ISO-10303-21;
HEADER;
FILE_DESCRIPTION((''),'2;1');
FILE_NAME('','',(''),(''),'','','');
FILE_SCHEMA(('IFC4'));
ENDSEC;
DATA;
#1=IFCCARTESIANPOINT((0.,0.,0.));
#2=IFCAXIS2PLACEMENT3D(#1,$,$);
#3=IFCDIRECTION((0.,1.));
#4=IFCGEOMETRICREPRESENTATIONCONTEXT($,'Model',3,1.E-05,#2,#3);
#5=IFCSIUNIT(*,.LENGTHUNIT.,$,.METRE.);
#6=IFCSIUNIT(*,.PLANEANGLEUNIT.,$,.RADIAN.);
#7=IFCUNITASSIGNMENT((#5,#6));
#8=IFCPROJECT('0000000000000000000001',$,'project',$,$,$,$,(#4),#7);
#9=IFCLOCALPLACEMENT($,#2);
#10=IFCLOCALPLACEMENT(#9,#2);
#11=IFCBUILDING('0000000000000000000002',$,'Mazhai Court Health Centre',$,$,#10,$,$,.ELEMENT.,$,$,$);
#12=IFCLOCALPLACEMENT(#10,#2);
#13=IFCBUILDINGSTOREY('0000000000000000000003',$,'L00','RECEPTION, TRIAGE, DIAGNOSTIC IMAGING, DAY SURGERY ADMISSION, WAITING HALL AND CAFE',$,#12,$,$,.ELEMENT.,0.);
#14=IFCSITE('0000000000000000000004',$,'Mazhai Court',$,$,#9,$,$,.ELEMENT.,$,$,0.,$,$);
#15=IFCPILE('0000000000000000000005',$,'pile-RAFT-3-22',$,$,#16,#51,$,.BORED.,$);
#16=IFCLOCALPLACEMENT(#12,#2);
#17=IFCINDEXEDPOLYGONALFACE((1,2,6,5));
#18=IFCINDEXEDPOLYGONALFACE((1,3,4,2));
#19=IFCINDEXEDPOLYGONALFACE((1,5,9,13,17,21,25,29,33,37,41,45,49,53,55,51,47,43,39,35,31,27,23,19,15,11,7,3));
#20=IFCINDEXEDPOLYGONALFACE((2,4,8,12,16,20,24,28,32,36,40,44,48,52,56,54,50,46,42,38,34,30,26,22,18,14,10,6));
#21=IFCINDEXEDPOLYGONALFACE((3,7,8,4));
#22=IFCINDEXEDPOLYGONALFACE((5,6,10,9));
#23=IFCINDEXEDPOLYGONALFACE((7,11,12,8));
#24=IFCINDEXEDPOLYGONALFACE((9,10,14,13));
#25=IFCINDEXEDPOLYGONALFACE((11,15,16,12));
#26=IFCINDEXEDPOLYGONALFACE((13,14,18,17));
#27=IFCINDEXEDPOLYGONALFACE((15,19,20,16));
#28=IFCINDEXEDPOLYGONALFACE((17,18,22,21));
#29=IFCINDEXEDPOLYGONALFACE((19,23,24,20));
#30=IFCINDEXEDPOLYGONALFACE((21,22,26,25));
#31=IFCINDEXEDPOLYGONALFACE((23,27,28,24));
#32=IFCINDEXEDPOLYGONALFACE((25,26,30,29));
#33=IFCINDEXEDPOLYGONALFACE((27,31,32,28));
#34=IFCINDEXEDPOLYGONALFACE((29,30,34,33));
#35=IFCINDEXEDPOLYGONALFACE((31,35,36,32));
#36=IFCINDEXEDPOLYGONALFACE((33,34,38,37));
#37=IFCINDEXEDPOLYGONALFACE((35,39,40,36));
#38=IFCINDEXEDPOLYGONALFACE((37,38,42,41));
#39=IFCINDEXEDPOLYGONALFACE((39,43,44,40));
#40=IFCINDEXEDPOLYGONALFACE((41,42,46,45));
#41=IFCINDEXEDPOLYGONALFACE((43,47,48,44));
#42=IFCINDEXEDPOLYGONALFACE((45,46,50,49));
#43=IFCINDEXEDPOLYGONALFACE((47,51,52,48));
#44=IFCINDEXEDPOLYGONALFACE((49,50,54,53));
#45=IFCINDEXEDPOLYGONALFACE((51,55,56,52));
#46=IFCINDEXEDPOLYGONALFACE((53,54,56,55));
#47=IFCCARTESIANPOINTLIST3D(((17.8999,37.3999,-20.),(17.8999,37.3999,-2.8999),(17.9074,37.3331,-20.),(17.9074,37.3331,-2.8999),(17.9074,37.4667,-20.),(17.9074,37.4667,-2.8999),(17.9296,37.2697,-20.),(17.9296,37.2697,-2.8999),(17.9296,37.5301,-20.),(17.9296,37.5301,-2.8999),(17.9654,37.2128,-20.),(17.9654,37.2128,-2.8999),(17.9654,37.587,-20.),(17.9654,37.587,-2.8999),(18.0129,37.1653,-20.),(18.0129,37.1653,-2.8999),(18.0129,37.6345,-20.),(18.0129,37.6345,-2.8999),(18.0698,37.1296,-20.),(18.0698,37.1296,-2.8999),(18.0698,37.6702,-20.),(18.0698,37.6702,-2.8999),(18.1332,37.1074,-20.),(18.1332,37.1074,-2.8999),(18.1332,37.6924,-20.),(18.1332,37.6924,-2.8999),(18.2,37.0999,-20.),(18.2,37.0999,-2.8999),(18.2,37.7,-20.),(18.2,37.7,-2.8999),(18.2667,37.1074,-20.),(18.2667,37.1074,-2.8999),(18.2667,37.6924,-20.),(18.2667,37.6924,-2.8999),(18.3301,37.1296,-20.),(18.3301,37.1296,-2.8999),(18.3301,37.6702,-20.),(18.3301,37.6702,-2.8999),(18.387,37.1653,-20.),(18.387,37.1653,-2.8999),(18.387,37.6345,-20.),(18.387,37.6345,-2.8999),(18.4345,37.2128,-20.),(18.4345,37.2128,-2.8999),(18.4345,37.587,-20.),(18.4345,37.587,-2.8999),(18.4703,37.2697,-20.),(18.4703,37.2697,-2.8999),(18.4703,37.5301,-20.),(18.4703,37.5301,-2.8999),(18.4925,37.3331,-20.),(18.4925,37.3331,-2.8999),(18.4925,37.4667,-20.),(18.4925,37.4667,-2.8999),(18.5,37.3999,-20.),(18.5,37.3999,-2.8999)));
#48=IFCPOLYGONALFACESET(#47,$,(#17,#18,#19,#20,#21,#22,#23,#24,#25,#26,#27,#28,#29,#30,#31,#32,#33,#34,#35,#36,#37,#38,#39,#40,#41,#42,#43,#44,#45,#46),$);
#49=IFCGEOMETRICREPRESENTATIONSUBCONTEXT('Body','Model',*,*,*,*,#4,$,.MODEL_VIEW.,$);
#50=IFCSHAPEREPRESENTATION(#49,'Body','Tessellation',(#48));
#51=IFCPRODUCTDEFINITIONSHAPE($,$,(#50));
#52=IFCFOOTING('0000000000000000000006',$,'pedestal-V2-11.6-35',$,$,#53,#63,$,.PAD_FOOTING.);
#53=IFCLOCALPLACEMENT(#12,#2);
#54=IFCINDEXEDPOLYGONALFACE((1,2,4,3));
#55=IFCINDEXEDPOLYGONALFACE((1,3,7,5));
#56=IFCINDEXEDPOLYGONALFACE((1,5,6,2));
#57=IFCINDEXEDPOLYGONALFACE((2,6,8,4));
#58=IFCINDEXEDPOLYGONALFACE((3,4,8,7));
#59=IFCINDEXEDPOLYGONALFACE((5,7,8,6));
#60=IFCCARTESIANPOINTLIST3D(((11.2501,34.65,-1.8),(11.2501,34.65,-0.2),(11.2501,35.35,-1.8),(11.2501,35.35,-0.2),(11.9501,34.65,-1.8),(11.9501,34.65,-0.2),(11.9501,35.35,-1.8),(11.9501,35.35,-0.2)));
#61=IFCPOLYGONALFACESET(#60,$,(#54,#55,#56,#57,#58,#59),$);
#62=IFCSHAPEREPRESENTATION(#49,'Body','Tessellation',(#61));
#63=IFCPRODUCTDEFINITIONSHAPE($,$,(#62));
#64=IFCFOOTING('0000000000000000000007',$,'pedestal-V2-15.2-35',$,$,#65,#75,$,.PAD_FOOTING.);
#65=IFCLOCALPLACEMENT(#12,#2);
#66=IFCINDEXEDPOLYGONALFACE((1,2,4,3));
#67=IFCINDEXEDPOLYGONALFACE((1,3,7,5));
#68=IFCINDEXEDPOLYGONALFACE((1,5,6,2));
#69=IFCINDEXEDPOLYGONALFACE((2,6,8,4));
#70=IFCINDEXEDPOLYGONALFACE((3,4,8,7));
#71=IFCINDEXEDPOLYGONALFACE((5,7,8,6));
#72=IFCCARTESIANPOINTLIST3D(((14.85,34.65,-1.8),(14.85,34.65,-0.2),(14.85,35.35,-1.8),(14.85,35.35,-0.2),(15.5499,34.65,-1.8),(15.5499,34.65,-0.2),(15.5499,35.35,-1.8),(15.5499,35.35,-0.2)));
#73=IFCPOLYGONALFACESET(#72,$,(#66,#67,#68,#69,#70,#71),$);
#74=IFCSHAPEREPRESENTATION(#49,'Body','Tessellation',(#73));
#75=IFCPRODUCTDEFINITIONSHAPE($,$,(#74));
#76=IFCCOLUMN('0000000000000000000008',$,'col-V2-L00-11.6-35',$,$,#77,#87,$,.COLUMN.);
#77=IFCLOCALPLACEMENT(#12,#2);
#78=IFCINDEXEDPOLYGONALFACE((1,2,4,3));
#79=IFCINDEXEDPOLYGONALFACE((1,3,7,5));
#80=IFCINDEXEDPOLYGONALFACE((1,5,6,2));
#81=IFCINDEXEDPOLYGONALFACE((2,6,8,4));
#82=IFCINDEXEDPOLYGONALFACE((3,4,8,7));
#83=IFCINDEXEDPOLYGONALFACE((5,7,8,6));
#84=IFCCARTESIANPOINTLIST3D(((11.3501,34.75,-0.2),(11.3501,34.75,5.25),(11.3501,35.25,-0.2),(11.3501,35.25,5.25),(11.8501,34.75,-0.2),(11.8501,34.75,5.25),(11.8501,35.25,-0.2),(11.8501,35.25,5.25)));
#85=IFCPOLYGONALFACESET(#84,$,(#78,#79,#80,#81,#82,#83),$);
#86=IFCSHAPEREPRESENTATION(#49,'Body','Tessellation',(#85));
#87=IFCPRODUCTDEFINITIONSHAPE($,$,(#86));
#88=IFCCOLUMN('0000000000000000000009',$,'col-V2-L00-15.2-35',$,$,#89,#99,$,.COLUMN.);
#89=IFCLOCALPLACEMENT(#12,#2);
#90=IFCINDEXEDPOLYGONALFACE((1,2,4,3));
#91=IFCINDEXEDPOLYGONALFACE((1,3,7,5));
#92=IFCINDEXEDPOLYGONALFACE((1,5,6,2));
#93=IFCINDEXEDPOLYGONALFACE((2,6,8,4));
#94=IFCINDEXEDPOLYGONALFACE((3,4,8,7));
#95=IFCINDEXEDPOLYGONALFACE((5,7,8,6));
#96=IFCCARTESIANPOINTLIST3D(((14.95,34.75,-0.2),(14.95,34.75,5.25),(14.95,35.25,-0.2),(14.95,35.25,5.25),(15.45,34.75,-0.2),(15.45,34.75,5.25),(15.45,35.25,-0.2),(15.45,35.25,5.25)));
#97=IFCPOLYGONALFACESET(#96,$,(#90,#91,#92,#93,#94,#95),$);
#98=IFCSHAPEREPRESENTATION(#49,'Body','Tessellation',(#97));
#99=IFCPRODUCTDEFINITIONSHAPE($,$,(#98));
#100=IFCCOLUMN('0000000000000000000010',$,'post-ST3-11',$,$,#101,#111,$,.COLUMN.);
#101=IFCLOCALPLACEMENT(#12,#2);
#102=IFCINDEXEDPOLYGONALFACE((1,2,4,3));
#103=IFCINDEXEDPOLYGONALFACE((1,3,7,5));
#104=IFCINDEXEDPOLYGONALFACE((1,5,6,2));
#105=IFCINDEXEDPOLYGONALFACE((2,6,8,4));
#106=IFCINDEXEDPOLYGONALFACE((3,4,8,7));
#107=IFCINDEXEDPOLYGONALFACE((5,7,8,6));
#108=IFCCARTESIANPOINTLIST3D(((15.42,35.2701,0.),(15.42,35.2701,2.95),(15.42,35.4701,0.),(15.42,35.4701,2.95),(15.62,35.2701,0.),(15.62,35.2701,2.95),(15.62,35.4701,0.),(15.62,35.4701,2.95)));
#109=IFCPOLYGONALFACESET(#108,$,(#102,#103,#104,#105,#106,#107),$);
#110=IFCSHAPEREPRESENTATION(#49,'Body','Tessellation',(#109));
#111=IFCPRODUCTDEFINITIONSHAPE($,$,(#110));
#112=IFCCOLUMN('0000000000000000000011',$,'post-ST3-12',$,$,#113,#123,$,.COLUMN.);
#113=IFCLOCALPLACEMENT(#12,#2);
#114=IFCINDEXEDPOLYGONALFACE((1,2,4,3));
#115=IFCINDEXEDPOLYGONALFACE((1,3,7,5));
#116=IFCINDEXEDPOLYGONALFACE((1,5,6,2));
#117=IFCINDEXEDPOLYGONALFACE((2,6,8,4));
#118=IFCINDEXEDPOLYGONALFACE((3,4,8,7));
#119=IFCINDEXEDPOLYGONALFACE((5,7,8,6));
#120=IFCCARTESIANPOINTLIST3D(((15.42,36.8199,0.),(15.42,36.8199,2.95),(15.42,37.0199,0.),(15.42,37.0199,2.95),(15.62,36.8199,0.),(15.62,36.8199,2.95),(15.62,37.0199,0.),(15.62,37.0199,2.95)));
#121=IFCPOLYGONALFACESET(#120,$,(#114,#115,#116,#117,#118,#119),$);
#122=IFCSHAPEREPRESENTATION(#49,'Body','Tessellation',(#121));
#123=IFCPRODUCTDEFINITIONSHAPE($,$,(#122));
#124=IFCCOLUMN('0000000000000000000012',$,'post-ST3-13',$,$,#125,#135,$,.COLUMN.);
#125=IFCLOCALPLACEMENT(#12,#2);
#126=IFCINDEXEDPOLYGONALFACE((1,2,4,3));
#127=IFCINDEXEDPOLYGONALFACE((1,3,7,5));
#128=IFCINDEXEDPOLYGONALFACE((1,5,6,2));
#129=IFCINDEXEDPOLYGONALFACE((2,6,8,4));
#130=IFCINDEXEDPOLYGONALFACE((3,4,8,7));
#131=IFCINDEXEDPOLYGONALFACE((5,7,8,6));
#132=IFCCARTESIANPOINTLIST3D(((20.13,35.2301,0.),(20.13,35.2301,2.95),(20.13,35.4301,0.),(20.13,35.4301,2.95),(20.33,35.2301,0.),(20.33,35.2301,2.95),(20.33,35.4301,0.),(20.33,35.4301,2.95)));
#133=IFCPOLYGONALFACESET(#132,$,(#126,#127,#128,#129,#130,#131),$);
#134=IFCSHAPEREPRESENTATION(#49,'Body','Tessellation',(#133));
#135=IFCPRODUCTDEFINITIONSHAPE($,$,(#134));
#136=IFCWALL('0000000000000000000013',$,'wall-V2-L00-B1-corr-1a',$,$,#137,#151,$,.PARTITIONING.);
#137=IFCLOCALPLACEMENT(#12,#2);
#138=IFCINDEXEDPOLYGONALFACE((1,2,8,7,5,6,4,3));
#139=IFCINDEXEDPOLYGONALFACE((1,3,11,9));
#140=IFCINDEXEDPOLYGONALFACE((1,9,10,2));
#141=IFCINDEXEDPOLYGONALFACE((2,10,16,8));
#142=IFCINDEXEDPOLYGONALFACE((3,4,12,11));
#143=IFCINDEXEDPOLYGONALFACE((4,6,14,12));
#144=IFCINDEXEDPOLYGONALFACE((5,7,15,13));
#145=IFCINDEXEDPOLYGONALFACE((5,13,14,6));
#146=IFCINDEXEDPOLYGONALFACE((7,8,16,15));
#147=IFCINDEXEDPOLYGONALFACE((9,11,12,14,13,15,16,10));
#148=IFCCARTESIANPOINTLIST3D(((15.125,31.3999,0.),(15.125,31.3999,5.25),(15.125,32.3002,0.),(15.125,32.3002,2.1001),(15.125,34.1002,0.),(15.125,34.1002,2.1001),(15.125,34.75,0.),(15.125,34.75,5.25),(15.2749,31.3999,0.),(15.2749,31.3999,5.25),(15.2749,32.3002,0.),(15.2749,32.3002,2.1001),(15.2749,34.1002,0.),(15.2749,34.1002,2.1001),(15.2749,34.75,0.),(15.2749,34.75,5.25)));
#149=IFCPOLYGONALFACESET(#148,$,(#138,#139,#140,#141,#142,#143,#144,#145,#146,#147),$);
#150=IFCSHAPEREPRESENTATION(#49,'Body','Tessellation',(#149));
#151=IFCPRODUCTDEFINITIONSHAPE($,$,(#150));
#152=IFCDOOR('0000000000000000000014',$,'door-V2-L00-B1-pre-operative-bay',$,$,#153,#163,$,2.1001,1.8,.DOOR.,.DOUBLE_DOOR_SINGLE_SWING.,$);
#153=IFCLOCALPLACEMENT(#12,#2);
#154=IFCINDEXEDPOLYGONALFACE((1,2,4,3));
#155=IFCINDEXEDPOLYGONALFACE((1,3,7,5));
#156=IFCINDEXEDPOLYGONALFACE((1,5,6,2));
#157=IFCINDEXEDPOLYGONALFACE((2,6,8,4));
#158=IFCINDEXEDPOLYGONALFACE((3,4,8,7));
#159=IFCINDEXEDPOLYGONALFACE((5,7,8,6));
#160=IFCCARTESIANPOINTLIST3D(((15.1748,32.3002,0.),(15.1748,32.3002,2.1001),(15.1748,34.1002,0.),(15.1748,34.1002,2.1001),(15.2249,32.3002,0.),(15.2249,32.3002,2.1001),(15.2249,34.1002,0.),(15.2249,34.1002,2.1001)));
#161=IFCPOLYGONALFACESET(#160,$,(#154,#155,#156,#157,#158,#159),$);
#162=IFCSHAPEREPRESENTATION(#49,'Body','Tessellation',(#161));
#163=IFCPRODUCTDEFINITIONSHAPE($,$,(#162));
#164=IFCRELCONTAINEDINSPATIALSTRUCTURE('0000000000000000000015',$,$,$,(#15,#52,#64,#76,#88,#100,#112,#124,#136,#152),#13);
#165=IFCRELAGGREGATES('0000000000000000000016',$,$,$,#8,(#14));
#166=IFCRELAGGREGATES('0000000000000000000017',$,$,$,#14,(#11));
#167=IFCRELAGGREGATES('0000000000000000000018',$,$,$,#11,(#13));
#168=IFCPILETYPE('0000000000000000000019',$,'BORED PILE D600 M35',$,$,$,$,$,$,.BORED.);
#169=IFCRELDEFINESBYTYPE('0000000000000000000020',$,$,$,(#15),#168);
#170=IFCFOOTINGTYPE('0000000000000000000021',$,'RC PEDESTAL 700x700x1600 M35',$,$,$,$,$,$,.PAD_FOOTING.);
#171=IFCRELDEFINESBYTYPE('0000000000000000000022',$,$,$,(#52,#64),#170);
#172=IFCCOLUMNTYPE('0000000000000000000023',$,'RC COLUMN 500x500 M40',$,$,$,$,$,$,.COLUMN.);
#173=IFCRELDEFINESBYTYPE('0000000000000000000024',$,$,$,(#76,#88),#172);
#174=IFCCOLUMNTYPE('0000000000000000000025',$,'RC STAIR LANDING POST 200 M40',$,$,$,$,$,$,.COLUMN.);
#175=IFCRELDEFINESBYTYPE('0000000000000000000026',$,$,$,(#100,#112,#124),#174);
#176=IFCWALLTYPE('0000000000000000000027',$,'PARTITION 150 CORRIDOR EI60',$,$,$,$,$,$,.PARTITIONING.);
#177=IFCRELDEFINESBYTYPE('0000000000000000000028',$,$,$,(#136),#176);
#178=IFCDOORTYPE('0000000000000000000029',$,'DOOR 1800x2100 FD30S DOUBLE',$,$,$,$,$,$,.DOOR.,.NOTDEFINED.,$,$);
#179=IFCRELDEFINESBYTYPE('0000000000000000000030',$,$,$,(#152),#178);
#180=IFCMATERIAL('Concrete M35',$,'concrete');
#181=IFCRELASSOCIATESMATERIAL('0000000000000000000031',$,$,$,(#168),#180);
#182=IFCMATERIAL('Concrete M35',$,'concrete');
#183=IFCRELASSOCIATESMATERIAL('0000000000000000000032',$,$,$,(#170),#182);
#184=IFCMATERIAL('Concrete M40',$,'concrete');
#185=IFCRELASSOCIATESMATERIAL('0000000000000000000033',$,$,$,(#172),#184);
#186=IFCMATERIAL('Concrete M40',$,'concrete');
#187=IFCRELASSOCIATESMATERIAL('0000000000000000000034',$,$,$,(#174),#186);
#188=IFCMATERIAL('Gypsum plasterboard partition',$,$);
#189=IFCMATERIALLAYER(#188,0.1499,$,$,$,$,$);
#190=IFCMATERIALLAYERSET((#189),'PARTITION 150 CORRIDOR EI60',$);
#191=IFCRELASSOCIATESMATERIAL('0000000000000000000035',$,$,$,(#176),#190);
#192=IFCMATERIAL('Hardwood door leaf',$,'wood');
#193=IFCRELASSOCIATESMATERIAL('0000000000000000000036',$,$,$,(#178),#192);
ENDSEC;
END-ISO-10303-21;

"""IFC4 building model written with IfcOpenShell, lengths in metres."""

from ifc_helpers import new_model, si_unit, direction, frame, frame_2d, origin, origin_2d, place, context, subcontext, project, spatial, rectangle, circle, extrude, material, layer, layer_set, material_profile, profile_set, type_object, element, fill, save


model = new_model("IFC4")

# Units and contexts
model_context = context("Model", 3, precision=1e-05, world=origin(), true_north=direction((0.0, 1.0)))
body_context = subcontext(model_context, "Body", "Model", "MODEL_VIEW")
ifc_project = project(units=[si_unit("LENGTHUNIT", "METRE"), si_unit("PLANEANGLEUNIT", "RADIAN")], contexts=[model_context])

# Site, building, storey
site_placement = place(None, origin())
site = spatial("IfcSite", under=ifc_project, at=site_placement, Name="Mazhai Court", CompositionType="ELEMENT", RefElevation=0.0)
building_placement = place(site_placement, origin())
building = spatial("IfcBuilding", under=site, at=building_placement, Name="Mazhai Court Health Centre", CompositionType="ELEMENT")
storey_placement = place(building_placement, origin())
storey = spatial("IfcBuildingStorey", under=building, at=storey_placement, Name="L00", Description="RECEPTION, TRIAGE, DIAGNOSTIC IMAGING, DAY SURGERY ADMISSION, WAITING HALL AND CAFE", CompositionType="ELEMENT", Elevation=0.0)

# Pile
ifc_material_1 = material(Name="Concrete M35", Category="concrete")
ifc_material_profile_1 = material_profile(ifc_material_1, circle(Radius=0.3, at=origin_2d()), Name="RC PILE D600")
ifc_profile_set_1 = profile_set([ifc_material_profile_1], Name="Concrete M35")
pile_type = type_object("IfcPileType", Name="BORED PILE D600 M35", PredefinedType="BORED", material=ifc_profile_set_1)
for number, where, z_axis, x_axis, name in (
    (1, (18.2, 37.3999, -2.8999), (0.0, 0.0, -1.0), (1.0, 0.0, 0.0), "pile-RAFT-3-22"),
):
    element("IfcPile", number, at=place(storey_placement, frame(where, z_axis=z_axis, x_axis=x_axis)), inside=storey, type_object=pile_type, Name=name, PredefinedType="BORED", context=body_context, shape_type="SweptSolid", body=[
        extrude(circle(Radius=0.3, at=origin_2d()), origin(), (0.0, 0.0, 1.0), 17.1001),
    ])

# Footings
ifc_material_2 = material(Name="Concrete M35", Category="concrete")
footing_type = type_object("IfcFootingType", Name="RC PEDESTAL 700x700x1600 M35", PredefinedType="PAD_FOOTING", material=ifc_material_2)
for number, where, z_axis, x_axis, name in (
    (2, (11.6001, 35.0, -1.8), (0.0, 0.0, 1.0), (1.0, 0.0, 0.0), "pedestal-V2-11.6-35"),
    (3, (15.2, 35.0, -1.8), (0.0, 0.0, 1.0), (1.0, 0.0, 0.0), "pedestal-V2-15.2-35"),
):
    element("IfcFooting", number, at=place(storey_placement, frame(where, z_axis=z_axis, x_axis=x_axis)), inside=storey, type_object=footing_type, Name=name, PredefinedType="PAD_FOOTING", context=body_context, shape_type="SweptSolid", body=[
        extrude(rectangle(XDim=0.7, YDim=0.7, at=origin_2d()), origin(), (0.0, 0.0, 1.0), 1.6001),
    ])

# Columns
ifc_material_3 = material(Name="Concrete M40", Category="concrete")
ifc_material_profile_2 = material_profile(ifc_material_3, rectangle(XDim=0.5, YDim=0.5, at=origin_2d()), Name="RC 500x500")
ifc_profile_set_2 = profile_set([ifc_material_profile_2], Name="Concrete M40")
column_type_1 = type_object("IfcColumnType", Name="RC COLUMN 500x500 M40", PredefinedType="COLUMN", material=ifc_profile_set_2)
for number, where, z_axis, x_axis, name in (
    (4, (11.6001, 35.0, -0.2), (0.0, 0.0, 1.0), (1.0, 0.0, 0.0), "col-V2-L00-11.6-35"),
    (5, (15.2, 35.0, -0.2), (0.0, 0.0, 1.0), (1.0, 0.0, 0.0), "col-V2-L00-15.2-35"),
):
    element("IfcColumn", number, at=place(storey_placement, frame(where, z_axis=z_axis, x_axis=x_axis)), inside=storey, type_object=column_type_1, Name=name, PredefinedType="COLUMN", context=body_context, shape_type="SweptSolid", body=[
        extrude(rectangle(XDim=0.5, YDim=0.5, at=origin_2d()), origin(), (0.0, 0.0, 1.0), 5.45),
    ])
ifc_material_4 = material(Name="Concrete M40", Category="concrete")
ifc_material_profile_3 = material_profile(ifc_material_4, rectangle(XDim=0.2, YDim=0.2, at=origin_2d()), Name="RC 200x200")
ifc_profile_set_3 = profile_set([ifc_material_profile_3], Name="Concrete M40")
column_type_2 = type_object("IfcColumnType", Name="RC STAIR LANDING POST 200 M40", PredefinedType="COLUMN", material=ifc_profile_set_3)
for number, where, z_axis, x_axis, name in (
    (6, (15.52, 35.3701, 0.0), (0.0, 0.0, 1.0), (1.0, 0.0, 0.0), "post-ST3-11"),
    (7, (15.52, 36.9199, 0.0), (0.0, 0.0, 1.0), (1.0, 0.0, 0.0), "post-ST3-12"),
    (8, (20.23, 35.3301, 0.0), (0.0, 0.0, 1.0), (1.0, 0.0, 0.0), "post-ST3-13"),
):
    element("IfcColumn", number, at=place(storey_placement, frame(where, z_axis=z_axis, x_axis=x_axis)), inside=storey, type_object=column_type_2, Name=name, PredefinedType="COLUMN", context=body_context, shape_type="SweptSolid", body=[
        extrude(rectangle(XDim=0.2, YDim=0.2, at=origin_2d()), origin(), (0.0, 0.0, 1.0), 2.95),
    ])

# Wall, opening, door
ifc_material_5 = material(Name="Gypsum plasterboard partition")
ifc_layer_1 = layer(ifc_material_5, 0.1499)
ifc_layer_set_1 = layer_set([ifc_layer_1], Name="PARTITION 150 CORRIDOR EI60")
wall_type_1 = type_object("IfcWallType", Name="PARTITION 150 CORRIDOR EI60", PredefinedType="PARTITIONING", material=ifc_layer_set_1)
wall_1_placement = place(storey_placement, frame((15.2, 34.75, 0.0), z_axis=(0.0, 0.0, 1.0), x_axis=(0.0, -1.0, 0.0)))
wall_1 = element("IfcWall", 9, at=wall_1_placement, inside=storey, type_object=wall_type_1, Name="wall-V2-L00-B1-corr-1a", PredefinedType="PARTITIONING", context=body_context, shape_type="SweptSolid", body=[
    extrude(rectangle(XDim=3.3501, YDim=0.1499, at=frame_2d((1.675, 0.0))), origin(), (0.0, 0.0, 1.0), 5.25),
])
opening_1_placement = place(wall_1_placement, frame((0.6499, 0.0, 0.0)))
opening_1 = element("IfcOpeningElement", 10, at=opening_1_placement, cuts=wall_1, PredefinedType="OPENING", context=body_context, shape_type="SweptSolid", body=[
    extrude(rectangle(XDim=1.8, YDim=2.1001, at=frame_2d((0.8999, 1.05))), frame((0.0, 0.085, 0.0), z_axis=(0.0, -1.0, 0.0), x_axis=(1.0, 0.0, 0.0)), (0.0, 0.0, 1.0), 0.1699),
])
ifc_material_6 = material(Name="Hardwood door leaf", Category="wood")
door_type_1 = type_object("IfcDoorType", Name="DOOR 1800x2100 FD30S DOUBLE", OperationType="NOTDEFINED", PredefinedType="DOOR", material=ifc_material_6)
door_1_placement = place(opening_1_placement, origin())
door_1 = element("IfcDoor", 11, at=door_1_placement, inside=storey, type_object=door_type_1, Name="door-V2-L00-B1-pre-operative-bay", OperationType="DOUBLE_DOOR_SINGLE_SWING", OverallHeight=2.1001, OverallWidth=1.8, PredefinedType="DOOR", context=body_context, shape_type="SweptSolid", body=[
    extrude(rectangle(XDim=1.8, YDim=2.1001, at=frame_2d((0.8999, 1.05))), frame((0.0, 0.0249, 0.0), z_axis=(0.0, -1.0, 0.0), x_axis=(1.0, 0.0, 0.0)), (0.0, 0.0, 1.0), 0.05),
])
fill(opening_1, door_1)

save(model, "model.ifc")
